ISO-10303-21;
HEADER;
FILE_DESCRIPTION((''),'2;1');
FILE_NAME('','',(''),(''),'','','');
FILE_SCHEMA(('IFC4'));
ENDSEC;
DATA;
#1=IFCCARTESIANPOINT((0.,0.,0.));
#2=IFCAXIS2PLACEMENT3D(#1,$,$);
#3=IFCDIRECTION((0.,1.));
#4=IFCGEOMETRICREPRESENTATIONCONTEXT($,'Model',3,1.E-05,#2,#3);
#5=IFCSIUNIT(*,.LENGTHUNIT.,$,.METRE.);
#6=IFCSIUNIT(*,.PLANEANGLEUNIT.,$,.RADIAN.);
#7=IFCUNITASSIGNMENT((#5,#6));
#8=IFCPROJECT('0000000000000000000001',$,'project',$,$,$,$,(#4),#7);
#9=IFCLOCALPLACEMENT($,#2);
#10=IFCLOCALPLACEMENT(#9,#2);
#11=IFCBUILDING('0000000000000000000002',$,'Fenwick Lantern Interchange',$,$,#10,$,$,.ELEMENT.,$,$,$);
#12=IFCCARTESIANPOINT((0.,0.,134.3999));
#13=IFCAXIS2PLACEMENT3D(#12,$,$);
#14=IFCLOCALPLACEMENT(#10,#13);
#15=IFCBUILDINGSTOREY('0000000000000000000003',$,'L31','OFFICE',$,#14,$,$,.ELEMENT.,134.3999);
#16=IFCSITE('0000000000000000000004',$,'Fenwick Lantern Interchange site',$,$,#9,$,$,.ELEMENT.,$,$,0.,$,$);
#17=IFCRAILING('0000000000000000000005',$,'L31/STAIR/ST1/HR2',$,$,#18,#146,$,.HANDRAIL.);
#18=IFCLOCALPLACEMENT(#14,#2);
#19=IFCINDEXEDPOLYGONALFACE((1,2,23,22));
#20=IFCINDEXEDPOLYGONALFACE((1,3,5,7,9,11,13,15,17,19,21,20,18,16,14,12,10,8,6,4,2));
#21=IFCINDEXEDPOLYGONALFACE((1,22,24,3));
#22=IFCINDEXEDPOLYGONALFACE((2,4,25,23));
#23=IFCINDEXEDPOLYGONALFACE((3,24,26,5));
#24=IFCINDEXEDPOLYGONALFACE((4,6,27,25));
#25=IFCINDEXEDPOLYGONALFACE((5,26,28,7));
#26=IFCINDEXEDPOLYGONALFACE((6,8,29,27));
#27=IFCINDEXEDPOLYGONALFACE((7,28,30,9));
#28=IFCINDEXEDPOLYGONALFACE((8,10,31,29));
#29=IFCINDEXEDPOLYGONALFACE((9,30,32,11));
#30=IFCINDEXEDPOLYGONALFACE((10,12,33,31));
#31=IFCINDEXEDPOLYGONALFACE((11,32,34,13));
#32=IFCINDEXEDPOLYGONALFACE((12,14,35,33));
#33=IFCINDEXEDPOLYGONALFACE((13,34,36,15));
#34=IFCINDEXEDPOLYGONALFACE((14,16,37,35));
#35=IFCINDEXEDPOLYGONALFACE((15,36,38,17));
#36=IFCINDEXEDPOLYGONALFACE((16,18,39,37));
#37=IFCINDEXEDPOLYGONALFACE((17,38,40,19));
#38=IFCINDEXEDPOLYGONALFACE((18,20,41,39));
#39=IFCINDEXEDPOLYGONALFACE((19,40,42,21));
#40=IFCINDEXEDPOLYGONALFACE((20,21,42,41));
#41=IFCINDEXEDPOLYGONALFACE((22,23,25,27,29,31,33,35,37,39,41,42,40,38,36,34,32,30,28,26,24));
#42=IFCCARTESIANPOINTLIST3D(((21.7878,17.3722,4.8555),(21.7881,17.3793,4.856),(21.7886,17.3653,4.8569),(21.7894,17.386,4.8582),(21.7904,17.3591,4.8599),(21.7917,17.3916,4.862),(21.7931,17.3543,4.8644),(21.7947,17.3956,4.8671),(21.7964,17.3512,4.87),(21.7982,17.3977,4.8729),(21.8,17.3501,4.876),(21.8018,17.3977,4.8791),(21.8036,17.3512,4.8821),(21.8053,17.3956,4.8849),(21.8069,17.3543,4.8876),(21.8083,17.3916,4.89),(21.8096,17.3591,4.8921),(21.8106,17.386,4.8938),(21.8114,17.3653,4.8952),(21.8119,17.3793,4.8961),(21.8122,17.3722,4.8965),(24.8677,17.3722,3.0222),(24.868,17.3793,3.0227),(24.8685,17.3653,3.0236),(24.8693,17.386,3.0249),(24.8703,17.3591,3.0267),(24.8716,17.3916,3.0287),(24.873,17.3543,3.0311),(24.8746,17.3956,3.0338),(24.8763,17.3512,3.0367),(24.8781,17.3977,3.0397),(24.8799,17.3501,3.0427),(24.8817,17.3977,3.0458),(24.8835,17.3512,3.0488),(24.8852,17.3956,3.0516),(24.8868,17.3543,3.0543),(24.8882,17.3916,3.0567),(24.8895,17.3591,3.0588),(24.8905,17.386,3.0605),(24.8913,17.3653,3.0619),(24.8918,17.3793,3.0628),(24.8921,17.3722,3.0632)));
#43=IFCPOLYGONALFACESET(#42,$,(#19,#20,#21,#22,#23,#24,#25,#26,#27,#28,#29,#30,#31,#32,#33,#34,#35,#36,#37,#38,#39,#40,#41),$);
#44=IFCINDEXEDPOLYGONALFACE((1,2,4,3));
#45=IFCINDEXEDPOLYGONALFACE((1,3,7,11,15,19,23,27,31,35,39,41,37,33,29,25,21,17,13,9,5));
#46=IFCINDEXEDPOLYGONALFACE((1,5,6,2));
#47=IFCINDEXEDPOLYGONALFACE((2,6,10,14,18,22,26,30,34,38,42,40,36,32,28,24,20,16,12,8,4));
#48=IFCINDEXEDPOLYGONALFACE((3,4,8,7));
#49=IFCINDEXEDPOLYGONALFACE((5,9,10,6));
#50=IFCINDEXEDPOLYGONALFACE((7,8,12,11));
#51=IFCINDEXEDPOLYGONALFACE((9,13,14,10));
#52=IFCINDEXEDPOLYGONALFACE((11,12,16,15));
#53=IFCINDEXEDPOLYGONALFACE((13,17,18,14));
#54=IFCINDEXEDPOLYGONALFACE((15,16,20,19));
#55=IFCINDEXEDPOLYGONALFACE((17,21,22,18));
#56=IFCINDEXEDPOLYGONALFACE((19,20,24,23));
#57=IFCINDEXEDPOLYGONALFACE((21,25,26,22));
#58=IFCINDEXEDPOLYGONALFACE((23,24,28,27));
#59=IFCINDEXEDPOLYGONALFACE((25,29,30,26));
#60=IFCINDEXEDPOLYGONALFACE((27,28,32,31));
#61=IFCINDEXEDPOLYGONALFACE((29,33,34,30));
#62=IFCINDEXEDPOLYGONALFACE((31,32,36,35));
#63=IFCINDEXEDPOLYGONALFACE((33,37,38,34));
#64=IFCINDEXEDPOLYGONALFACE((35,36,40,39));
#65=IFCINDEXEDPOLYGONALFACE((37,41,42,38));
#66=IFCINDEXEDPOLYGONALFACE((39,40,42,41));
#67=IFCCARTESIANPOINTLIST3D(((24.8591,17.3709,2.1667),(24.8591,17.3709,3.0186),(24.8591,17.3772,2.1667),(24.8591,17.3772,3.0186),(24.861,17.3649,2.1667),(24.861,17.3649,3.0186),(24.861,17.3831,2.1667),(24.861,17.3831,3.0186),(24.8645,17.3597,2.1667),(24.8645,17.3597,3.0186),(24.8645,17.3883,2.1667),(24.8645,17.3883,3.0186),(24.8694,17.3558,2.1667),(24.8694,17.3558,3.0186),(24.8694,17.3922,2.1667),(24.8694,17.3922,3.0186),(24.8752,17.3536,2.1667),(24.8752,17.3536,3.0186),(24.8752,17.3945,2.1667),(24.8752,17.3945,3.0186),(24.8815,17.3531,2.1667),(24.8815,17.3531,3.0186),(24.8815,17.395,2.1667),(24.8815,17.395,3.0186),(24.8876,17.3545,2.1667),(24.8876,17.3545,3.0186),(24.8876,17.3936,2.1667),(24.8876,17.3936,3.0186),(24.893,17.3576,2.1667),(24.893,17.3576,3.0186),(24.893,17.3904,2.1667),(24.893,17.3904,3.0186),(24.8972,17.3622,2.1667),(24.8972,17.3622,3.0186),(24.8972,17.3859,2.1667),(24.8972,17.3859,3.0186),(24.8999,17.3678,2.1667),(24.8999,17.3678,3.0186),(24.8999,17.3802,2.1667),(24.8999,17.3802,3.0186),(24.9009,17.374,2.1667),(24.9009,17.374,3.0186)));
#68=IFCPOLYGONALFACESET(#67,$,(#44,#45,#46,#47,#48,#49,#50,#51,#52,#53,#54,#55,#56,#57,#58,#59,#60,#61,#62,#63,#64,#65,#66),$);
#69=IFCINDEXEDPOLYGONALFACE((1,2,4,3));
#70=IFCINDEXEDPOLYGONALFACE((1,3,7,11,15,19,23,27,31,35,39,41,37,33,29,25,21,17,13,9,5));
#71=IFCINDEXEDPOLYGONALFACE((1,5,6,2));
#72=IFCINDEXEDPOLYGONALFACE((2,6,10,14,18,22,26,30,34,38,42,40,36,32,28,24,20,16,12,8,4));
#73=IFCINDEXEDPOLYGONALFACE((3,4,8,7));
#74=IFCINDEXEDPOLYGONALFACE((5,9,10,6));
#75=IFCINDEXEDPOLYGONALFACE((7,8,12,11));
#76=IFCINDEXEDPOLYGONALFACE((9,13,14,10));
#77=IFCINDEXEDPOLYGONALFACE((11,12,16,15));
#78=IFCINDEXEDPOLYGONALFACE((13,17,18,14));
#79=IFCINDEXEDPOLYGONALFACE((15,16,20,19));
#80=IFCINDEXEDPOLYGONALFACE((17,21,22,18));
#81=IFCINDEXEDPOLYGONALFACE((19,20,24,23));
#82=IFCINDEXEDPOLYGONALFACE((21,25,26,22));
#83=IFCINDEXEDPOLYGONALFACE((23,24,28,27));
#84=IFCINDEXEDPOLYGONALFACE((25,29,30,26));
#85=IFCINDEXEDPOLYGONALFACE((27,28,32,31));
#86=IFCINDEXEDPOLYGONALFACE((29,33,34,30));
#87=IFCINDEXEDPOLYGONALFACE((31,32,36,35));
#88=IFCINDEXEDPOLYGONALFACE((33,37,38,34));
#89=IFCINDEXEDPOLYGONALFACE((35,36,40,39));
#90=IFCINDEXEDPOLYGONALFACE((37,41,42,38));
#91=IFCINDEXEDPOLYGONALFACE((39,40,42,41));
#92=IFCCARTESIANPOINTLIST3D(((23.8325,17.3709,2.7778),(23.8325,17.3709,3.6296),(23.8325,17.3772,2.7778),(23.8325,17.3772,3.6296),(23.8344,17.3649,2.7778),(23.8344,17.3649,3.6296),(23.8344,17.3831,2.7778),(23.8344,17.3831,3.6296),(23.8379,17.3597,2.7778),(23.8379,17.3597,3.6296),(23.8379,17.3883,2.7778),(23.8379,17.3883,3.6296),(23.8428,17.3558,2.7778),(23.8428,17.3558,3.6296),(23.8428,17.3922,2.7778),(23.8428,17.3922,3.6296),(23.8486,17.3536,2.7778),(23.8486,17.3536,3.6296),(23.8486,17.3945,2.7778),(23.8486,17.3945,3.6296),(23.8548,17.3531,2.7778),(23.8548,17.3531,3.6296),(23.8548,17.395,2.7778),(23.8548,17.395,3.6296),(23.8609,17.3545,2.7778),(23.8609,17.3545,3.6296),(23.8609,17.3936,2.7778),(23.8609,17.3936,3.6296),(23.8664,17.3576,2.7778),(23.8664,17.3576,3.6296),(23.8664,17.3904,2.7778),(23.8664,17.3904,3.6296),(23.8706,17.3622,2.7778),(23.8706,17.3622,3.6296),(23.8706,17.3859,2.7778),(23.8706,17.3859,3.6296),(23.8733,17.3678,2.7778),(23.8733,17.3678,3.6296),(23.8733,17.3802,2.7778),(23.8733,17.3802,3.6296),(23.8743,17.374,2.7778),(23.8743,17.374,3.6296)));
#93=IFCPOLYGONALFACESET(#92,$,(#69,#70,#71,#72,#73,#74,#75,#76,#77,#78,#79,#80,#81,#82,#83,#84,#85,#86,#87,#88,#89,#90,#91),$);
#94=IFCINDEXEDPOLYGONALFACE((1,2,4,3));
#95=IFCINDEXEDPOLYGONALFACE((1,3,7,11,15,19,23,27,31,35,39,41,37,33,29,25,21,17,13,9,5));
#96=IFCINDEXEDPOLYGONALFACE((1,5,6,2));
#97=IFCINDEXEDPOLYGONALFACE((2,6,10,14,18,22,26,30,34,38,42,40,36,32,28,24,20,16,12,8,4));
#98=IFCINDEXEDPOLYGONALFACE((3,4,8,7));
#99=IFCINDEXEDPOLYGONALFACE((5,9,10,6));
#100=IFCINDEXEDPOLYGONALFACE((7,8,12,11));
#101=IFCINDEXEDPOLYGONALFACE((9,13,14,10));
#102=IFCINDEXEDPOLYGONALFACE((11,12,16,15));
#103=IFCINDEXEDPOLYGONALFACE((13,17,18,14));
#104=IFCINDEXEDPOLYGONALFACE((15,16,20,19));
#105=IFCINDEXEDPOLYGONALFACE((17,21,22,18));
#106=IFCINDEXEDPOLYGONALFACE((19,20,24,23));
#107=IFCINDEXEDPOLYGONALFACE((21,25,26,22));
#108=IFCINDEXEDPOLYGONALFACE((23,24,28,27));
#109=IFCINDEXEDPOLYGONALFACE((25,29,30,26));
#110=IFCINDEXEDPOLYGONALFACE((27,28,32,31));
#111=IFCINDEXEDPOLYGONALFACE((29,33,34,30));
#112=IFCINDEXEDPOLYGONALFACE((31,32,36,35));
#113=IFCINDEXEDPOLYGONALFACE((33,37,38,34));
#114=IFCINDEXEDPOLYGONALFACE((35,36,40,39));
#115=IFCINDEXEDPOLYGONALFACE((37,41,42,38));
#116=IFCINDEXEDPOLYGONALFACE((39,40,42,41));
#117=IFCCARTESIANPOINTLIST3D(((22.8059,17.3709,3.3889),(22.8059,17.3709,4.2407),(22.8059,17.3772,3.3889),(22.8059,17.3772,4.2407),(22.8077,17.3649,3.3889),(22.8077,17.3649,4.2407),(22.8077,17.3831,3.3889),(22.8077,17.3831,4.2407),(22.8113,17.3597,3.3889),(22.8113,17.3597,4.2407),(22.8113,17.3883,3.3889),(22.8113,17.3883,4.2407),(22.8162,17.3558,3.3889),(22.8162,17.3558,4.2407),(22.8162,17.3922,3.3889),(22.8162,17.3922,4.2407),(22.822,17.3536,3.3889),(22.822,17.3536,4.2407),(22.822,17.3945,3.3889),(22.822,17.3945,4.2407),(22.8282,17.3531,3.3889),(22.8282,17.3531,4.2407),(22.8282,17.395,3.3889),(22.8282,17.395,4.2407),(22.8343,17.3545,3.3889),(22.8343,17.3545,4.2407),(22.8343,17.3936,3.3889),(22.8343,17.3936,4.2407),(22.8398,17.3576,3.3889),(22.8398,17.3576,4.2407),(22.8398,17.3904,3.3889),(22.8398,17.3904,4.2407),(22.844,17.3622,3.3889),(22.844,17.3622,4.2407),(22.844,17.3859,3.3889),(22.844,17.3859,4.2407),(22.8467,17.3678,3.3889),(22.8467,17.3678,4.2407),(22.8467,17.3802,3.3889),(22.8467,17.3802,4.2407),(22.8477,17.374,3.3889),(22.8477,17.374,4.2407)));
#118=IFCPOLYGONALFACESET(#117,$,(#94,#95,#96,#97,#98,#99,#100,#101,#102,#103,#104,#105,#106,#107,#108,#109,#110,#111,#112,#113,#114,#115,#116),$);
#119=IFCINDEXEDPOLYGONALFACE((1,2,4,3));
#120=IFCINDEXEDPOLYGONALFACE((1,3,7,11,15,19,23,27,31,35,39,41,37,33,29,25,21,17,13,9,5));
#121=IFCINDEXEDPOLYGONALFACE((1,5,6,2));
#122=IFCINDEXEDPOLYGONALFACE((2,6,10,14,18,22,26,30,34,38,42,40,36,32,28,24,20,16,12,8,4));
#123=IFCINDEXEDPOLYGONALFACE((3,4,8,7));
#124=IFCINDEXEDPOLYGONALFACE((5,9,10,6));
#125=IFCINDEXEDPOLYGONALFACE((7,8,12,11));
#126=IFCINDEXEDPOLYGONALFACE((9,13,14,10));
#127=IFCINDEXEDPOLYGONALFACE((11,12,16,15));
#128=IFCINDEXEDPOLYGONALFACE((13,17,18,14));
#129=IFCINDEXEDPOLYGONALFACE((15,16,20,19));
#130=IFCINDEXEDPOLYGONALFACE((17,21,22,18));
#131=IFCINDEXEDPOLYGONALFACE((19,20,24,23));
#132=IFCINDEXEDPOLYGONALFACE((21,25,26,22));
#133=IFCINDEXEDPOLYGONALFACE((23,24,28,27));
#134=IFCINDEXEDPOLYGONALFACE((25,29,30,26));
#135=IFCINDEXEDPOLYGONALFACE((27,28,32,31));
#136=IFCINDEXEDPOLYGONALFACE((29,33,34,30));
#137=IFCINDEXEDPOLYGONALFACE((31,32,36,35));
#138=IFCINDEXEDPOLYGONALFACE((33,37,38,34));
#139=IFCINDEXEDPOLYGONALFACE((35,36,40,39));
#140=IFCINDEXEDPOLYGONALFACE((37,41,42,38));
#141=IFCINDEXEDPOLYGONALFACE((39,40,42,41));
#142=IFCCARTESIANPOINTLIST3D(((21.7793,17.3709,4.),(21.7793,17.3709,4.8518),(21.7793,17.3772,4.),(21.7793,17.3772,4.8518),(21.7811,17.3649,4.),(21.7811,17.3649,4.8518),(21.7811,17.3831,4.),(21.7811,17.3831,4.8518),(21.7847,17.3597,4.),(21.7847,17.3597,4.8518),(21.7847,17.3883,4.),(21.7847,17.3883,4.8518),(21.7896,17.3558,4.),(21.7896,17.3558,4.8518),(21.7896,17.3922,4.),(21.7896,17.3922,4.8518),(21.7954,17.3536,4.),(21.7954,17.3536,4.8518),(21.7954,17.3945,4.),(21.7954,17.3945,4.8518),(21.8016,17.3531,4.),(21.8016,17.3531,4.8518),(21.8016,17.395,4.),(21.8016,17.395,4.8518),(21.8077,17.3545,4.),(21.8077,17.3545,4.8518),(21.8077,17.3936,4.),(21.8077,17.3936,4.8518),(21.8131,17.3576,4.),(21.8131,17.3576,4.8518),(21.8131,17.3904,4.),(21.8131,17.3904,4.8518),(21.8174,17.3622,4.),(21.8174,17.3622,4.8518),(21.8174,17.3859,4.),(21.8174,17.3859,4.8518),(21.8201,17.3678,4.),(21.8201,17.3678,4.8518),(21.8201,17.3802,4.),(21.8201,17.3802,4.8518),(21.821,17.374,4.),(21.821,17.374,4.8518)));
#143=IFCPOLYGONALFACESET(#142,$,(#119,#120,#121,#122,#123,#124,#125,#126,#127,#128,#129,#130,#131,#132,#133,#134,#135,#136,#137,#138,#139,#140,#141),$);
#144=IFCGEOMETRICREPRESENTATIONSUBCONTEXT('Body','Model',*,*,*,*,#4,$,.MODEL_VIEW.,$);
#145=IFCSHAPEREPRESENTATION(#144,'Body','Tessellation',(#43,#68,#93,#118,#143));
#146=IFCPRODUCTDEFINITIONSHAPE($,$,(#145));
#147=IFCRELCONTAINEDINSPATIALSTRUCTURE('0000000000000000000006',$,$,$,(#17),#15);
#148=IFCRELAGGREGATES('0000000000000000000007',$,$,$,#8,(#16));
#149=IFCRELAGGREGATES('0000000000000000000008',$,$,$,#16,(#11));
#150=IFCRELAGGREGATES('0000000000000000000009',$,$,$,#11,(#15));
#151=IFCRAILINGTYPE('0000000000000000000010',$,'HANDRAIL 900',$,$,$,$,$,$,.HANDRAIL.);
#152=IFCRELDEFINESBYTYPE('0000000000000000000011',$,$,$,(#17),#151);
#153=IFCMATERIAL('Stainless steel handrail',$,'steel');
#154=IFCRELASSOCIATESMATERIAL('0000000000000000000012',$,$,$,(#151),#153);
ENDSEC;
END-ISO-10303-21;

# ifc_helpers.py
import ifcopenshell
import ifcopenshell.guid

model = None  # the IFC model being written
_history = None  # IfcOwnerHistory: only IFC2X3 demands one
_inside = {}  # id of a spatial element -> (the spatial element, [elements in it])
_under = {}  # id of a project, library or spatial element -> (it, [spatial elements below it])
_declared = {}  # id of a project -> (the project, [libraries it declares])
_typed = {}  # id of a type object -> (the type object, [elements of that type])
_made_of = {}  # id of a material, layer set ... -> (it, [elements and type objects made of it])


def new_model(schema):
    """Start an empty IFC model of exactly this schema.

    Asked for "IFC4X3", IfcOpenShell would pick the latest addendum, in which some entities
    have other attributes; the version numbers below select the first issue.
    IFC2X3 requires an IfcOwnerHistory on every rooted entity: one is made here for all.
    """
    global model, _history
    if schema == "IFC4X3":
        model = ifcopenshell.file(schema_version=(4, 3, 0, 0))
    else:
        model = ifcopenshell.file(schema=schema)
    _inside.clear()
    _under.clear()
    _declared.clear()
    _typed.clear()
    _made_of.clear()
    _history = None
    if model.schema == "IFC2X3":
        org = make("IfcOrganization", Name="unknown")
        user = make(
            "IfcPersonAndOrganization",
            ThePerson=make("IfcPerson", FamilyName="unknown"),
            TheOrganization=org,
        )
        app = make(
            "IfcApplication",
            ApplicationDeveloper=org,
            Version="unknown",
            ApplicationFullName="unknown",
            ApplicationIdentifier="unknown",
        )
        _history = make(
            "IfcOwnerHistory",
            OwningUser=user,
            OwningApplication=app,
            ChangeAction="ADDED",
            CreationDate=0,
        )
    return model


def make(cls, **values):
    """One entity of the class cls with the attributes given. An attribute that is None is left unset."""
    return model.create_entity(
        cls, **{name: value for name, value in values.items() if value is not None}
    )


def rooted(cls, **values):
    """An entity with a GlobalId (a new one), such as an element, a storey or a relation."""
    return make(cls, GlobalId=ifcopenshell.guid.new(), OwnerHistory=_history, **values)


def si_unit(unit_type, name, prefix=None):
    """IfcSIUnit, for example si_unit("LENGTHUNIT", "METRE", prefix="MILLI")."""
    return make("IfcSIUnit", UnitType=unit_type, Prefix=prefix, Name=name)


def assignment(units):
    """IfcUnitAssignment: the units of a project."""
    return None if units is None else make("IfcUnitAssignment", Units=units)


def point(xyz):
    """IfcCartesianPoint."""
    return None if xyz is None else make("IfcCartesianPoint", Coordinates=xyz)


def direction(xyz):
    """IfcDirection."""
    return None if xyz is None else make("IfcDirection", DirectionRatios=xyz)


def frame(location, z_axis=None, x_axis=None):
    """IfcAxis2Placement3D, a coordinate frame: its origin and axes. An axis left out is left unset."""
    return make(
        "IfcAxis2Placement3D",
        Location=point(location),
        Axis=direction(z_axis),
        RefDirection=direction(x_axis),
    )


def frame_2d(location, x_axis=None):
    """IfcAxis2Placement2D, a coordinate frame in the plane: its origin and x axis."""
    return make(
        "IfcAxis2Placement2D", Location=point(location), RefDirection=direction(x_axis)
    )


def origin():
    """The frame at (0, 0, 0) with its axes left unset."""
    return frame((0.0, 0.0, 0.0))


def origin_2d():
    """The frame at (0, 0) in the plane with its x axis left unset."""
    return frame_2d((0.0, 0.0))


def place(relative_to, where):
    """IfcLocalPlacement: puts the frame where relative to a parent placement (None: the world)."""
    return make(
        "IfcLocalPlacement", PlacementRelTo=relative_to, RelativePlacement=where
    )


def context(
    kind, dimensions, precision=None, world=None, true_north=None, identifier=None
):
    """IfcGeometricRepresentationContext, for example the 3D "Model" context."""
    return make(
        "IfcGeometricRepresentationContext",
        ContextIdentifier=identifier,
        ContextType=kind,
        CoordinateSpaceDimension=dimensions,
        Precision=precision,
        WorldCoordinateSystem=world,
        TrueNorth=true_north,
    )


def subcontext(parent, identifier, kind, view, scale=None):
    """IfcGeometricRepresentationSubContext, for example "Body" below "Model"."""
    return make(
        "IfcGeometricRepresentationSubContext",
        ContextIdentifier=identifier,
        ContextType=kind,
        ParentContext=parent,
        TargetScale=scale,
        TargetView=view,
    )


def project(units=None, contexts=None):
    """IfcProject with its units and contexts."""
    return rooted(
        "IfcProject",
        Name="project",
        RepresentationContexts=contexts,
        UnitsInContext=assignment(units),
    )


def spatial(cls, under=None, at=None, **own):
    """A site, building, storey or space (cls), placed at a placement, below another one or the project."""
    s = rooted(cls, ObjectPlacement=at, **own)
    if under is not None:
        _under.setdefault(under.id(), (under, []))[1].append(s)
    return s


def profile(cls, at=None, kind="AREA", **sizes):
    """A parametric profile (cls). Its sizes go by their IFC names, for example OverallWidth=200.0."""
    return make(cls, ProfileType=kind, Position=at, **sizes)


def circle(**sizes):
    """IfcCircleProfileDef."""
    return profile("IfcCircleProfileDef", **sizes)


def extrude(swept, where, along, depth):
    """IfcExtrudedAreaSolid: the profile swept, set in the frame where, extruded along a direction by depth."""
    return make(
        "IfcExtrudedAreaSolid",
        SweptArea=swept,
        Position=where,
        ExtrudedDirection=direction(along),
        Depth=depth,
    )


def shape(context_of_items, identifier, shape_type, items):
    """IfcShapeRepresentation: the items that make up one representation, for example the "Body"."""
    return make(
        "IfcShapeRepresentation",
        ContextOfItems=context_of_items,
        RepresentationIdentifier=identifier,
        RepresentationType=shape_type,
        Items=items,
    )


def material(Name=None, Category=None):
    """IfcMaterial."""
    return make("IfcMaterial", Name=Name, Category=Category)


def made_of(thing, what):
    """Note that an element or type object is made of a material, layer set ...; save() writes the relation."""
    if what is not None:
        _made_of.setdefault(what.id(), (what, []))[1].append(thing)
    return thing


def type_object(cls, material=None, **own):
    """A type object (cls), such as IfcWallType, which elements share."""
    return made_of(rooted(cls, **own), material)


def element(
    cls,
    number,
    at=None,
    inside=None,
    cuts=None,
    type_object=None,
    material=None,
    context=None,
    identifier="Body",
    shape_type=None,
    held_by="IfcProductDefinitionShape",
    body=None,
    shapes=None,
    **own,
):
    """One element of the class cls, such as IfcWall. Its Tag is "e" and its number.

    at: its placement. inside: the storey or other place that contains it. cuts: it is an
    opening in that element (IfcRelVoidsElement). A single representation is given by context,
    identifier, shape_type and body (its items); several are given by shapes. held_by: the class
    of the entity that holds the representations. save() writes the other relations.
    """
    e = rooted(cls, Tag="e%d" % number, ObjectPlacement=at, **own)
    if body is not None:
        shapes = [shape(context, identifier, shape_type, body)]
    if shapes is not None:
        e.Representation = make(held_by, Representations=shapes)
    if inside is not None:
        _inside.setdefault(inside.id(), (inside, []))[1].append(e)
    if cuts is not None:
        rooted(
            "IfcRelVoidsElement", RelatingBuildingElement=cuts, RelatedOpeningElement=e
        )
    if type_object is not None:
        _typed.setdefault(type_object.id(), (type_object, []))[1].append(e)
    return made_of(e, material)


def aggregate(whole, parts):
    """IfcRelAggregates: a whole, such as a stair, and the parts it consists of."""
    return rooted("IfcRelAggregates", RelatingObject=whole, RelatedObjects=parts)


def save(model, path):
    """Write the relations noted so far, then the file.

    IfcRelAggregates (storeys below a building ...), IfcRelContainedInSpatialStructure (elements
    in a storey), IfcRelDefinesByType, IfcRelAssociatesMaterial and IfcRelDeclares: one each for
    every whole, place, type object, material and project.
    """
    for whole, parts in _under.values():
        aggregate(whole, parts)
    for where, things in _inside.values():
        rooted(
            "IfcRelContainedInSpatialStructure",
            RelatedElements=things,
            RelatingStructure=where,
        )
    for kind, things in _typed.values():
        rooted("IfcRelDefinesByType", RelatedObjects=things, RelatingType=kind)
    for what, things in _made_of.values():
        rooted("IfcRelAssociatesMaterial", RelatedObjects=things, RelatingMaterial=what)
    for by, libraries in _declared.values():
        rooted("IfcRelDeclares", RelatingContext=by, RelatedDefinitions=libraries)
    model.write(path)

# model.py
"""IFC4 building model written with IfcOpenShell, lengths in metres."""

from ifc_helpers import new_model, si_unit, direction, frame, origin, origin_2d, place, context, subcontext, project, spatial, circle, extrude, material, type_object, element, save


model = new_model("IFC4")

# Units and contexts
model_context = context("Model", 3, precision=1e-05, world=origin(), true_north=direction((0.0, 1.0)))
body_context = subcontext(model_context, "Body", "Model", "MODEL_VIEW")
ifc_project = project(units=[si_unit("LENGTHUNIT", "METRE"), si_unit("PLANEANGLEUNIT", "RADIAN")], contexts=[model_context])

# Site, building, storey
site_placement = place(None, origin())
site = spatial("IfcSite", under=ifc_project, at=site_placement, Name="Fenwick Lantern Interchange site", CompositionType="ELEMENT", RefElevation=0.0)
building_placement = place(site_placement, origin())
building = spatial("IfcBuilding", under=site, at=building_placement, Name="Fenwick Lantern Interchange", CompositionType="ELEMENT")
storey_placement = place(building_placement, frame((0.0, 0.0, 134.3999)))
storey = spatial("IfcBuildingStorey", under=building, at=storey_placement, Name="L31", Description="OFFICE", CompositionType="ELEMENT", Elevation=134.3999)

# Railing
ifc_material_1 = material(Name="Stainless steel handrail", Category="steel")
railing_type = type_object("IfcRailingType", Name="HANDRAIL 900", PredefinedType="HANDRAIL", material=ifc_material_1)
railing_1_placement = place(storey_placement, frame((24.8799, 17.374, 2.1667)))
element("IfcRailing", 1, at=railing_1_placement, inside=storey, type_object=railing_type, Name="L31/STAIR/ST1/HR2", PredefinedType="HANDRAIL", context=body_context, shape_type="SweptSolid", body=[
    extrude(circle(Radius=0.0239, at=origin_2d()), frame((0.0, 0.0, 0.876), z_axis=(-0.859291, 0.0, 0.511487), x_axis=(0.0, -1.0, 0.0)), (0.0, 0.0, 1.0), 3.5842),
    extrude(circle(Radius=0.021, at=origin_2d()), origin(), (0.0, 0.0, 1.0), 0.8518),
    extrude(circle(Radius=0.021, at=origin_2d()), frame((-1.0266, 0.0, 0.6111)), (0.0, 0.0, 1.0), 0.8518),
    extrude(circle(Radius=0.021, at=origin_2d()), frame((-2.0532, 0.0, 1.2222)), (0.0, 0.0, 1.0), 0.8518),
    extrude(circle(Radius=0.021, at=origin_2d()), frame((-3.0798, 0.0, 1.8333)), (0.0, 0.0, 1.0), 0.8518),
])

save(model, "model.ifc")
